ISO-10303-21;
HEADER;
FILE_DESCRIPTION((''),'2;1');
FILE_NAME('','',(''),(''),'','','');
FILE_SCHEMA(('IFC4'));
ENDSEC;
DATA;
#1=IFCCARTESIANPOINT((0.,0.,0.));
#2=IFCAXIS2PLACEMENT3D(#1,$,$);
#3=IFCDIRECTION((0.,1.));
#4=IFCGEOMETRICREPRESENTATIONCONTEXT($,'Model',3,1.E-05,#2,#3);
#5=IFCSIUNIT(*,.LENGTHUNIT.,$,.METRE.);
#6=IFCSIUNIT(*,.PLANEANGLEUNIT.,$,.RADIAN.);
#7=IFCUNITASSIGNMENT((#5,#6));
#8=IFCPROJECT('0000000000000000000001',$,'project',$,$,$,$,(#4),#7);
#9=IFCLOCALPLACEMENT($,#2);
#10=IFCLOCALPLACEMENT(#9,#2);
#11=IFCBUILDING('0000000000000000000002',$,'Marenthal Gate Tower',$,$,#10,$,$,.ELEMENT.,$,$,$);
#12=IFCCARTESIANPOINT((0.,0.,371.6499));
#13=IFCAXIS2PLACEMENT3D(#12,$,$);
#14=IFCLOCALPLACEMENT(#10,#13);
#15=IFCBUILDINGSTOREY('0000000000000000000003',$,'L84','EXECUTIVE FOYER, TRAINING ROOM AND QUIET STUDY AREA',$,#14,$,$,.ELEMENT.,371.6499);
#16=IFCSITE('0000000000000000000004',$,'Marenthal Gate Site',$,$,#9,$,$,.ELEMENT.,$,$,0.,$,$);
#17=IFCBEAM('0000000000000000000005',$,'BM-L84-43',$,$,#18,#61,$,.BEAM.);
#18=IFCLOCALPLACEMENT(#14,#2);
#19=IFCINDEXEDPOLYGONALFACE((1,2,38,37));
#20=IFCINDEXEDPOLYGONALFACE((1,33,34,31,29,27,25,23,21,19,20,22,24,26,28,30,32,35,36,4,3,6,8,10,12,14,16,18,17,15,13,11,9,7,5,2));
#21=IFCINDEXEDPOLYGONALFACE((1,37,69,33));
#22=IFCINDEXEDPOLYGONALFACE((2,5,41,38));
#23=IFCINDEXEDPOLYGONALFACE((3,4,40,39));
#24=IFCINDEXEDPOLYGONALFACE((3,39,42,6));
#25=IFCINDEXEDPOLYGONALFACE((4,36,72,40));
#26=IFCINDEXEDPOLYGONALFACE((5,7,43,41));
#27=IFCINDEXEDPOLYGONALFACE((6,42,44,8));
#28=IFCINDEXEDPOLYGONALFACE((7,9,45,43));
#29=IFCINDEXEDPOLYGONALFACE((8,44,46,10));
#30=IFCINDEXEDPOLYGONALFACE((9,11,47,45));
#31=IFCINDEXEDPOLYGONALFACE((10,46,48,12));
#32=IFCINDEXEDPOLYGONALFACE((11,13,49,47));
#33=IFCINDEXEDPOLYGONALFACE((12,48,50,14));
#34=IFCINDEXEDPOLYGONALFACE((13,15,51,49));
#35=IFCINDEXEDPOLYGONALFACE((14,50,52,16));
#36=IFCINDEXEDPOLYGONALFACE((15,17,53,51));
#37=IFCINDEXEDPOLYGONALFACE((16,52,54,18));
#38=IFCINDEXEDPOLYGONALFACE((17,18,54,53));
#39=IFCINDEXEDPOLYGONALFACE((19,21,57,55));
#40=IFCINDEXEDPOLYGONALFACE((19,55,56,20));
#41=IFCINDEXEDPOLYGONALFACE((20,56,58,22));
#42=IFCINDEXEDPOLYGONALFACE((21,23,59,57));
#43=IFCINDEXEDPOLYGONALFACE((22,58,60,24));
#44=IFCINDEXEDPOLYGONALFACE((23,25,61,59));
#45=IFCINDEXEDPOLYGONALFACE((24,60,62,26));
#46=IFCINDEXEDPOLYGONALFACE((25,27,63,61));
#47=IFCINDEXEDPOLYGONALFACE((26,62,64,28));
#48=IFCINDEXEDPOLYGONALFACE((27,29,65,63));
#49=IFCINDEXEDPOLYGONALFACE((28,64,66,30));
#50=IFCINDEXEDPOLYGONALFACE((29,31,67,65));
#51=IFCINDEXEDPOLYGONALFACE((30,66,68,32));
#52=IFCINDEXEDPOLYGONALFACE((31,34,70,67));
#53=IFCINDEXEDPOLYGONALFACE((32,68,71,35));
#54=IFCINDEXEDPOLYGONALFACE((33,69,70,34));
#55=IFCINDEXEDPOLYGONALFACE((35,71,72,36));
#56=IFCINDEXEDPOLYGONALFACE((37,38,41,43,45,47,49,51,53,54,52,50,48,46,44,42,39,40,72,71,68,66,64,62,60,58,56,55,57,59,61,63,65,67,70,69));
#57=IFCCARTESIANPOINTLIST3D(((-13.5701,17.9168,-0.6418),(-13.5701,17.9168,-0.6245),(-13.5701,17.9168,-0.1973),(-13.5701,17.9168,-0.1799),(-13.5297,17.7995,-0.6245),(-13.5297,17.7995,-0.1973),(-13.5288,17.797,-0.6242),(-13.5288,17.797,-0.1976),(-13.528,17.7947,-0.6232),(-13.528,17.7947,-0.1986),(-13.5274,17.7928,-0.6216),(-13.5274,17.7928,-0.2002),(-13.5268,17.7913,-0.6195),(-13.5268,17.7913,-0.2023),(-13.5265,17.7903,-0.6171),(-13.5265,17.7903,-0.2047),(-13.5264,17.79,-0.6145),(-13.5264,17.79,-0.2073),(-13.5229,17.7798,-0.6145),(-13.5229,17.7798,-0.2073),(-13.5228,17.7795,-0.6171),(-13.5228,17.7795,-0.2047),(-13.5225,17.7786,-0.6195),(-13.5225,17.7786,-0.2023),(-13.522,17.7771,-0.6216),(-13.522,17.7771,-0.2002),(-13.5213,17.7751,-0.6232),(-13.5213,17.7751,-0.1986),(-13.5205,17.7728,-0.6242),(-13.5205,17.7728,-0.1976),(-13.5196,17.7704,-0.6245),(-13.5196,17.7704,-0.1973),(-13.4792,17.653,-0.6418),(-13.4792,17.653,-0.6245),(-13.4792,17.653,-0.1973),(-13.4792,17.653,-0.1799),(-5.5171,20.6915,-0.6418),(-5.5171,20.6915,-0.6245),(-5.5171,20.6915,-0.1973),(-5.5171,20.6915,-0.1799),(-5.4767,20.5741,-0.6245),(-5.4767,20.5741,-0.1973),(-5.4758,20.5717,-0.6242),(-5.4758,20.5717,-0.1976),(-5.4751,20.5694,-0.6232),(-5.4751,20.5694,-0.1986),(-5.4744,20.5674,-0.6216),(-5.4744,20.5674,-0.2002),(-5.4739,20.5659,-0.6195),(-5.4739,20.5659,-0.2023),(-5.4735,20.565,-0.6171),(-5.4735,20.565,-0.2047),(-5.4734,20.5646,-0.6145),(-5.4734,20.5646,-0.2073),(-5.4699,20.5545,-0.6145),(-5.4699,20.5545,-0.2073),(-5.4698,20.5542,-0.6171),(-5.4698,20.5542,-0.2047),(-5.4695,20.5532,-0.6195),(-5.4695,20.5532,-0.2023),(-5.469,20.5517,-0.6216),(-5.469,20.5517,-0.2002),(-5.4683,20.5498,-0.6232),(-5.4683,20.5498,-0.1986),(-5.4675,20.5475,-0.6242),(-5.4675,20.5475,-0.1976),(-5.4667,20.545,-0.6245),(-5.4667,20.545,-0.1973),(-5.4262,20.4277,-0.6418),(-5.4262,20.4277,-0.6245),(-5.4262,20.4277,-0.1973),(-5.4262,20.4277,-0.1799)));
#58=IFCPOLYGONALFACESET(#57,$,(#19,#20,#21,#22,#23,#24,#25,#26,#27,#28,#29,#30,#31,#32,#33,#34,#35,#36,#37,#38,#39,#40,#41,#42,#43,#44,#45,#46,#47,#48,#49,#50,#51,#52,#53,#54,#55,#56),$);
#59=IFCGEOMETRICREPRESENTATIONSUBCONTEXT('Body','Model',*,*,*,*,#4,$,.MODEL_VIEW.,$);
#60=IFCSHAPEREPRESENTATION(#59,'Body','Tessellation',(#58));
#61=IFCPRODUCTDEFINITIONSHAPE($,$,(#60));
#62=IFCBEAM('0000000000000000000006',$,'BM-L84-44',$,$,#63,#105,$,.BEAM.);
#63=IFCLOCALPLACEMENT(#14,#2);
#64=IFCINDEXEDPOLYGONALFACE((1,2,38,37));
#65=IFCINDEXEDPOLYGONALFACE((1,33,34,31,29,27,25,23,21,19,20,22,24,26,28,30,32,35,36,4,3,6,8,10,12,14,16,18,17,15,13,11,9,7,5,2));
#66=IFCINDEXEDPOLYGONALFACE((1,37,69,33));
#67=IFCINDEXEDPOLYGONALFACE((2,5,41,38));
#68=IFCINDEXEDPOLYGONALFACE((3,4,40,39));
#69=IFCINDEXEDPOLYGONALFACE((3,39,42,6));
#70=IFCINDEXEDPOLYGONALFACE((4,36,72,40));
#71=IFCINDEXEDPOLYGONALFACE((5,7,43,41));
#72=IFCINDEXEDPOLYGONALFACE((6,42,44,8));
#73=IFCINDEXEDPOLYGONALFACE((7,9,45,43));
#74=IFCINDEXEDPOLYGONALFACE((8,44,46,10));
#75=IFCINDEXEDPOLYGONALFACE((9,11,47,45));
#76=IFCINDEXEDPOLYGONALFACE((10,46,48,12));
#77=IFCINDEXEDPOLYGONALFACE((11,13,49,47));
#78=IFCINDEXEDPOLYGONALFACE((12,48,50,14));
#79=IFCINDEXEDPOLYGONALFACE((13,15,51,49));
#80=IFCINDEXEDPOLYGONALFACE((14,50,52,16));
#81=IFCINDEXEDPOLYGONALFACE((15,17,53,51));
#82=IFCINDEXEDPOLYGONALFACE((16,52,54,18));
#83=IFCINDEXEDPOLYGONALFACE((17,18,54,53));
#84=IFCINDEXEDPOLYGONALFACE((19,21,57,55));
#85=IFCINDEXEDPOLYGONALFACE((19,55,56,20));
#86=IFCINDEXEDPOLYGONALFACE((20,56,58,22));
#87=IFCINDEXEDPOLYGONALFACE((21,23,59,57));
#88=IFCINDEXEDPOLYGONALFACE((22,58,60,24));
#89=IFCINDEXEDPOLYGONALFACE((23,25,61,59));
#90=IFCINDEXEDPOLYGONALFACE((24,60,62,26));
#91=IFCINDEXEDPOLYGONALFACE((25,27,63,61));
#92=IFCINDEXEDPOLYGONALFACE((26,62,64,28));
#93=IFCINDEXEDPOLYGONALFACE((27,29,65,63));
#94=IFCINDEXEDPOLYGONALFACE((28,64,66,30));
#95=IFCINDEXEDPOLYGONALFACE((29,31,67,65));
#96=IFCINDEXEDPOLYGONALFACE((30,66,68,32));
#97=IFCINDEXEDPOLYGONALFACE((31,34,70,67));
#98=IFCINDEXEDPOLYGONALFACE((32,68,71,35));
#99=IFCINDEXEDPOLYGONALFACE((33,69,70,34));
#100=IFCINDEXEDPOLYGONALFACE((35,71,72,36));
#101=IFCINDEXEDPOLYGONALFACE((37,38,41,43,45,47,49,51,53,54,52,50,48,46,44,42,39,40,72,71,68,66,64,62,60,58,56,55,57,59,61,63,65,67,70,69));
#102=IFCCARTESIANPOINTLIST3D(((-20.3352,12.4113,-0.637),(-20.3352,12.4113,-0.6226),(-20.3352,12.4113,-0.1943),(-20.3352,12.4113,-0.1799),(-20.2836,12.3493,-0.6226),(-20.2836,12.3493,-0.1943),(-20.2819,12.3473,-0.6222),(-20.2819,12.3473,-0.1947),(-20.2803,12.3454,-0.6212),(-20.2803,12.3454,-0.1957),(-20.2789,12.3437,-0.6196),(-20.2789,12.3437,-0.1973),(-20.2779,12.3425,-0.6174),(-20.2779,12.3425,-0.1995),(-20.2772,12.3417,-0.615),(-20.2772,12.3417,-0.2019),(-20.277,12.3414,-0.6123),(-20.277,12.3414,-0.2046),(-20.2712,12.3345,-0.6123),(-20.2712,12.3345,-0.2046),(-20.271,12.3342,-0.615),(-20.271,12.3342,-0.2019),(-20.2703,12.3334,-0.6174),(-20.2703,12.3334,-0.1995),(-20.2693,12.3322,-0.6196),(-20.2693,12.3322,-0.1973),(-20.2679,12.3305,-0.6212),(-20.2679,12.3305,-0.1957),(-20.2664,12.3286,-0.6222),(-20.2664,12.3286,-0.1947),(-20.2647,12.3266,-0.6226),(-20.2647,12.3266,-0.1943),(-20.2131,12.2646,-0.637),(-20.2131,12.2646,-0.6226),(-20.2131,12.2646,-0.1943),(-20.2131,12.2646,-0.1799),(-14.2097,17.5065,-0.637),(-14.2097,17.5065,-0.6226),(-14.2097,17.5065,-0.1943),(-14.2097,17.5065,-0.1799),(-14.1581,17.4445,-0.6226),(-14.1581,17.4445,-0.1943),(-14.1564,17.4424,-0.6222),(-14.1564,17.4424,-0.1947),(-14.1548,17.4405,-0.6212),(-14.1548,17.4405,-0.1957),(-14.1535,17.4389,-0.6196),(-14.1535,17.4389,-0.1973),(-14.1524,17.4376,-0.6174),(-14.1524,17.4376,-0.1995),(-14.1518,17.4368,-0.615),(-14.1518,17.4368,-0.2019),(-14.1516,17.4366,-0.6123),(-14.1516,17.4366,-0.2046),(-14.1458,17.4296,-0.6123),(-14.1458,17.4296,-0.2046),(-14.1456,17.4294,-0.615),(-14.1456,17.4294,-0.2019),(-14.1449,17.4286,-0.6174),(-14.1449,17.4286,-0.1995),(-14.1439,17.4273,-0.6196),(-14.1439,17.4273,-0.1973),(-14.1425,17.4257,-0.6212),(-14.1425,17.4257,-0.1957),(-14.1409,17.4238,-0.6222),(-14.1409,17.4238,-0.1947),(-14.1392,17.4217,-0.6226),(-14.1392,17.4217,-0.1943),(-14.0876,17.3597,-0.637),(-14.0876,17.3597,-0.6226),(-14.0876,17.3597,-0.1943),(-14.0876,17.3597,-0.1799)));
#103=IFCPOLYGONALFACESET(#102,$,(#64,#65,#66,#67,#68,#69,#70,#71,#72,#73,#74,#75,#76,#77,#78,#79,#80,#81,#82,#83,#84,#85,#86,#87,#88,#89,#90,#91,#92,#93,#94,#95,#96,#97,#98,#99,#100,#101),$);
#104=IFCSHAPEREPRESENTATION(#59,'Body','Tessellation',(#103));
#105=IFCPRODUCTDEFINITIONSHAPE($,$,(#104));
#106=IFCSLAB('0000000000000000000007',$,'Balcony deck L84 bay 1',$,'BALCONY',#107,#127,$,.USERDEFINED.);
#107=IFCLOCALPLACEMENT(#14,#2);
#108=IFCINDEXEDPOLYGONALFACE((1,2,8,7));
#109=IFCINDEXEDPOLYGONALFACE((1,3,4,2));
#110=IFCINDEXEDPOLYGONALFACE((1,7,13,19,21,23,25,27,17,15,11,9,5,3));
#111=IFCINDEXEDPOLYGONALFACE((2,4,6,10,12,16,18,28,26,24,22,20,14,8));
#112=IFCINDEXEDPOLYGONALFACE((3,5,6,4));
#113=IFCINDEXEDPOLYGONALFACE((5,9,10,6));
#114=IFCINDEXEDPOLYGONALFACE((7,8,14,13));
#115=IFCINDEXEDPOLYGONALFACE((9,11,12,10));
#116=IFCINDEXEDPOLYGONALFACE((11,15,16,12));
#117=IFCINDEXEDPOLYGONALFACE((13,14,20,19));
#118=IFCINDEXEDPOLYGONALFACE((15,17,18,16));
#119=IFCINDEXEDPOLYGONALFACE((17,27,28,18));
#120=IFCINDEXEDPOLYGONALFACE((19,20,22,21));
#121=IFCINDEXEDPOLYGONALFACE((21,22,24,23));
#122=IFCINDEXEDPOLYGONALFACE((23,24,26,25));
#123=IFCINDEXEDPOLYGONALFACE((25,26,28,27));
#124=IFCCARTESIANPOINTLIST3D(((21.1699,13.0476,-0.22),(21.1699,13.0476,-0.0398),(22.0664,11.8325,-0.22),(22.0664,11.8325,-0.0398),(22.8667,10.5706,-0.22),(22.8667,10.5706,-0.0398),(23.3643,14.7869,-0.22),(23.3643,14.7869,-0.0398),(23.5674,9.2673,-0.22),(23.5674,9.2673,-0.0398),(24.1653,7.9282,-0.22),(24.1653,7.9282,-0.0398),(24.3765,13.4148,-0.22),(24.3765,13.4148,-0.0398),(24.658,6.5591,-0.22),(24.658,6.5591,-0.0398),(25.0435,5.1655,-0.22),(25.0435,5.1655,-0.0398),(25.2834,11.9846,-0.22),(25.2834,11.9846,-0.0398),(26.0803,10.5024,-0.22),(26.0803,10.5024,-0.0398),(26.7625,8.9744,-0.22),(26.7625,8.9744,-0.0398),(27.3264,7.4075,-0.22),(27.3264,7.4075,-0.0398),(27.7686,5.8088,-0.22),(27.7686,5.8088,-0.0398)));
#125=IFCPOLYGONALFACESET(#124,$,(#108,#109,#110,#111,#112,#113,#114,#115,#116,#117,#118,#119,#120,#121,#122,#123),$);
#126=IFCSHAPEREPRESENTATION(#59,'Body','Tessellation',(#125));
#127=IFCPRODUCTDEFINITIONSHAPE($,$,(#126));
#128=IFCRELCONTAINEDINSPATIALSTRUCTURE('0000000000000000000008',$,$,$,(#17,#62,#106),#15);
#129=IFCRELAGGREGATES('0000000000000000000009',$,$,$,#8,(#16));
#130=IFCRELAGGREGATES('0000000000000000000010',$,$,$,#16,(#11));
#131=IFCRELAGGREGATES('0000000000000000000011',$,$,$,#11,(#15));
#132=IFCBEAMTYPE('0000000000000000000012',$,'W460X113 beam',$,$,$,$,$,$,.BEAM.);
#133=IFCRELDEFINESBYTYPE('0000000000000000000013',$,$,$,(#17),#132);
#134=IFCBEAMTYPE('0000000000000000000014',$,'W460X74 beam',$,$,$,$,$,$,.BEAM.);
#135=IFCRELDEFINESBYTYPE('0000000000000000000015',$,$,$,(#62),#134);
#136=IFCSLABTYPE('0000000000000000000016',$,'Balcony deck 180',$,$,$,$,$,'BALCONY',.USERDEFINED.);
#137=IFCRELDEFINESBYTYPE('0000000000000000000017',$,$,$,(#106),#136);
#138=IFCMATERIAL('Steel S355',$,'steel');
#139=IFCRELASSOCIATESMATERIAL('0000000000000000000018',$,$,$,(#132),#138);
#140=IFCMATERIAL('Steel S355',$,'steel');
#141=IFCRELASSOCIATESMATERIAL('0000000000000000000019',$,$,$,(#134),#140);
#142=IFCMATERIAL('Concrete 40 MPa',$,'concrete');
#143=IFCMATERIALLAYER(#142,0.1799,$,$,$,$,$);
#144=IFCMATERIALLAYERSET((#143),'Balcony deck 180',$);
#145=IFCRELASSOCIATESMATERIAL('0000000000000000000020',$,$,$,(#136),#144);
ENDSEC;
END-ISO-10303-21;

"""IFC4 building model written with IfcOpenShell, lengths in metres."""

from ifc_helpers import new_model, si_unit, direction, frame, origin, origin_2d, place, context, subcontext, project, spatial, polyline, i_section, outline, extrude, material, layer, layer_set, material_profile, profile_set, type_object, element, save


model = new_model("IFC4")

# Units and contexts
model_context = context("Model", 3, precision=1e-05, world=origin(), true_north=direction((0.0, 1.0)))
body_context = subcontext(model_context, "Body", "Model", "MODEL_VIEW")
ifc_project = project(units=[si_unit("LENGTHUNIT", "METRE"), si_unit("PLANEANGLEUNIT", "RADIAN")], contexts=[model_context])

# Site, building, storey
site_placement = place(None, origin())
site = spatial("IfcSite", under=ifc_project, at=site_placement, Name="Marenthal Gate Site", CompositionType="ELEMENT", RefElevation=0.0)
building_placement = place(site_placement, origin())
building = spatial("IfcBuilding", under=site, at=building_placement, Name="Marenthal Gate Tower", CompositionType="ELEMENT")
storey_placement = place(building_placement, frame((0.0, 0.0, 371.6499)))
storey = spatial("IfcBuildingStorey", under=building, at=storey_placement, Name="L84", Description="EXECUTIVE FOYER, TRAINING ROOM AND QUIET STUDY AREA", CompositionType="ELEMENT", Elevation=371.6499)

# Beams
ifc_material_1 = material(Name="Steel S355", Category="steel")
ifc_material_profile_1 = material_profile(ifc_material_1, i_section(OverallWidth=0.2791, OverallDepth=0.4619, WebThickness=0.0107, FlangeThickness=0.0173, FilletRadius=0.01, at=origin_2d()), Name="W460X113")
ifc_profile_set_1 = profile_set([ifc_material_profile_1], Name="Steel S355")
beam_type_1 = type_object("IfcBeamType", Name="W460X113 beam", PredefinedType="BEAM", material=ifc_profile_set_1)
beam_1_placement = place(storey_placement, frame((-5.4717, 20.5596, -0.4109), z_axis=(-0.945454, -0.325757, 0.0), x_axis=(0.325757, -0.945454, 0.0)))
element("IfcBeam", 1, at=beam_1_placement, inside=storey, type_object=beam_type_1, Name="BM-L84-43", PredefinedType="BEAM", context=body_context, shape_type="SweptSolid", body=[
    extrude(i_section(OverallWidth=0.2791, OverallDepth=0.4619, WebThickness=0.0107, FlangeThickness=0.0173, FilletRadius=0.01, at=origin_2d()), origin(), (0.0, 0.0, 1.0), 8.5176),
])
ifc_material_2 = material(Name="Steel S355", Category="steel")
ifc_material_profile_2 = material_profile(ifc_material_2, i_section(OverallWidth=0.1909, OverallDepth=0.457, WebThickness=0.009, FlangeThickness=0.0144, FilletRadius=0.0103, at=origin_2d()), Name="W460X74")
ifc_profile_set_2 = profile_set([ifc_material_profile_2], Name="Steel S355")
beam_type_2 = type_object("IfcBeamType", Name="W460X74 beam", PredefinedType="BEAM", material=ifc_profile_set_2)
beam_2_placement = place(storey_placement, frame((-14.1487, 17.4331, -0.4084), z_axis=(-0.768799, -0.639491, 0.0), x_axis=(0.639491, -0.768799, 0.0)))
element("IfcBeam", 2, at=beam_2_placement, inside=storey, type_object=beam_type_2, Name="BM-L84-44", PredefinedType="BEAM", context=body_context, shape_type="SweptSolid", body=[
    extrude(i_section(OverallWidth=0.1909, OverallDepth=0.457, WebThickness=0.009, FlangeThickness=0.0144, FilletRadius=0.0103, at=origin_2d()), origin(), (0.0, 0.0, 1.0), 7.9675),
])

# Slab
ifc_material_3 = material(Name="Concrete 40 MPa", Category="concrete")
ifc_layer_1 = layer(ifc_material_3, 0.1799)
ifc_layer_set_1 = layer_set([ifc_layer_1], Name="Balcony deck 180")
slab_type_1 = type_object("IfcSlabType", Name="Balcony deck 180", ElementType="BALCONY", PredefinedType="USERDEFINED", material=ifc_layer_set_1)
slab_1_placement = place(storey_placement, frame((0.0, 0.0, -0.22)))
element("IfcSlab", 3, at=slab_1_placement, inside=storey, type_object=slab_type_1, Name="Balcony deck L84 bay 1", ObjectType="BALCONY", PredefinedType="USERDEFINED", context=body_context, shape_type="SweptSolid", body=[
    extrude(outline(polyline([(25.0435, 5.1655), (24.658, 6.5591), (24.1653, 7.9282), (23.5674, 9.2673), (22.8667, 10.5706), (22.0664, 11.8325), (21.1699, 13.0476), (23.3643, 14.7869), (24.3765, 13.4148), (25.2834, 11.9846), (26.0803, 10.5024), (26.7625, 8.9744), (27.3264, 7.4075), (27.7686, 5.8088), (25.0435, 5.1655)])), origin(), (0.0, 0.0, 1.0), 0.1802),
])

save(model, "model.ifc")
